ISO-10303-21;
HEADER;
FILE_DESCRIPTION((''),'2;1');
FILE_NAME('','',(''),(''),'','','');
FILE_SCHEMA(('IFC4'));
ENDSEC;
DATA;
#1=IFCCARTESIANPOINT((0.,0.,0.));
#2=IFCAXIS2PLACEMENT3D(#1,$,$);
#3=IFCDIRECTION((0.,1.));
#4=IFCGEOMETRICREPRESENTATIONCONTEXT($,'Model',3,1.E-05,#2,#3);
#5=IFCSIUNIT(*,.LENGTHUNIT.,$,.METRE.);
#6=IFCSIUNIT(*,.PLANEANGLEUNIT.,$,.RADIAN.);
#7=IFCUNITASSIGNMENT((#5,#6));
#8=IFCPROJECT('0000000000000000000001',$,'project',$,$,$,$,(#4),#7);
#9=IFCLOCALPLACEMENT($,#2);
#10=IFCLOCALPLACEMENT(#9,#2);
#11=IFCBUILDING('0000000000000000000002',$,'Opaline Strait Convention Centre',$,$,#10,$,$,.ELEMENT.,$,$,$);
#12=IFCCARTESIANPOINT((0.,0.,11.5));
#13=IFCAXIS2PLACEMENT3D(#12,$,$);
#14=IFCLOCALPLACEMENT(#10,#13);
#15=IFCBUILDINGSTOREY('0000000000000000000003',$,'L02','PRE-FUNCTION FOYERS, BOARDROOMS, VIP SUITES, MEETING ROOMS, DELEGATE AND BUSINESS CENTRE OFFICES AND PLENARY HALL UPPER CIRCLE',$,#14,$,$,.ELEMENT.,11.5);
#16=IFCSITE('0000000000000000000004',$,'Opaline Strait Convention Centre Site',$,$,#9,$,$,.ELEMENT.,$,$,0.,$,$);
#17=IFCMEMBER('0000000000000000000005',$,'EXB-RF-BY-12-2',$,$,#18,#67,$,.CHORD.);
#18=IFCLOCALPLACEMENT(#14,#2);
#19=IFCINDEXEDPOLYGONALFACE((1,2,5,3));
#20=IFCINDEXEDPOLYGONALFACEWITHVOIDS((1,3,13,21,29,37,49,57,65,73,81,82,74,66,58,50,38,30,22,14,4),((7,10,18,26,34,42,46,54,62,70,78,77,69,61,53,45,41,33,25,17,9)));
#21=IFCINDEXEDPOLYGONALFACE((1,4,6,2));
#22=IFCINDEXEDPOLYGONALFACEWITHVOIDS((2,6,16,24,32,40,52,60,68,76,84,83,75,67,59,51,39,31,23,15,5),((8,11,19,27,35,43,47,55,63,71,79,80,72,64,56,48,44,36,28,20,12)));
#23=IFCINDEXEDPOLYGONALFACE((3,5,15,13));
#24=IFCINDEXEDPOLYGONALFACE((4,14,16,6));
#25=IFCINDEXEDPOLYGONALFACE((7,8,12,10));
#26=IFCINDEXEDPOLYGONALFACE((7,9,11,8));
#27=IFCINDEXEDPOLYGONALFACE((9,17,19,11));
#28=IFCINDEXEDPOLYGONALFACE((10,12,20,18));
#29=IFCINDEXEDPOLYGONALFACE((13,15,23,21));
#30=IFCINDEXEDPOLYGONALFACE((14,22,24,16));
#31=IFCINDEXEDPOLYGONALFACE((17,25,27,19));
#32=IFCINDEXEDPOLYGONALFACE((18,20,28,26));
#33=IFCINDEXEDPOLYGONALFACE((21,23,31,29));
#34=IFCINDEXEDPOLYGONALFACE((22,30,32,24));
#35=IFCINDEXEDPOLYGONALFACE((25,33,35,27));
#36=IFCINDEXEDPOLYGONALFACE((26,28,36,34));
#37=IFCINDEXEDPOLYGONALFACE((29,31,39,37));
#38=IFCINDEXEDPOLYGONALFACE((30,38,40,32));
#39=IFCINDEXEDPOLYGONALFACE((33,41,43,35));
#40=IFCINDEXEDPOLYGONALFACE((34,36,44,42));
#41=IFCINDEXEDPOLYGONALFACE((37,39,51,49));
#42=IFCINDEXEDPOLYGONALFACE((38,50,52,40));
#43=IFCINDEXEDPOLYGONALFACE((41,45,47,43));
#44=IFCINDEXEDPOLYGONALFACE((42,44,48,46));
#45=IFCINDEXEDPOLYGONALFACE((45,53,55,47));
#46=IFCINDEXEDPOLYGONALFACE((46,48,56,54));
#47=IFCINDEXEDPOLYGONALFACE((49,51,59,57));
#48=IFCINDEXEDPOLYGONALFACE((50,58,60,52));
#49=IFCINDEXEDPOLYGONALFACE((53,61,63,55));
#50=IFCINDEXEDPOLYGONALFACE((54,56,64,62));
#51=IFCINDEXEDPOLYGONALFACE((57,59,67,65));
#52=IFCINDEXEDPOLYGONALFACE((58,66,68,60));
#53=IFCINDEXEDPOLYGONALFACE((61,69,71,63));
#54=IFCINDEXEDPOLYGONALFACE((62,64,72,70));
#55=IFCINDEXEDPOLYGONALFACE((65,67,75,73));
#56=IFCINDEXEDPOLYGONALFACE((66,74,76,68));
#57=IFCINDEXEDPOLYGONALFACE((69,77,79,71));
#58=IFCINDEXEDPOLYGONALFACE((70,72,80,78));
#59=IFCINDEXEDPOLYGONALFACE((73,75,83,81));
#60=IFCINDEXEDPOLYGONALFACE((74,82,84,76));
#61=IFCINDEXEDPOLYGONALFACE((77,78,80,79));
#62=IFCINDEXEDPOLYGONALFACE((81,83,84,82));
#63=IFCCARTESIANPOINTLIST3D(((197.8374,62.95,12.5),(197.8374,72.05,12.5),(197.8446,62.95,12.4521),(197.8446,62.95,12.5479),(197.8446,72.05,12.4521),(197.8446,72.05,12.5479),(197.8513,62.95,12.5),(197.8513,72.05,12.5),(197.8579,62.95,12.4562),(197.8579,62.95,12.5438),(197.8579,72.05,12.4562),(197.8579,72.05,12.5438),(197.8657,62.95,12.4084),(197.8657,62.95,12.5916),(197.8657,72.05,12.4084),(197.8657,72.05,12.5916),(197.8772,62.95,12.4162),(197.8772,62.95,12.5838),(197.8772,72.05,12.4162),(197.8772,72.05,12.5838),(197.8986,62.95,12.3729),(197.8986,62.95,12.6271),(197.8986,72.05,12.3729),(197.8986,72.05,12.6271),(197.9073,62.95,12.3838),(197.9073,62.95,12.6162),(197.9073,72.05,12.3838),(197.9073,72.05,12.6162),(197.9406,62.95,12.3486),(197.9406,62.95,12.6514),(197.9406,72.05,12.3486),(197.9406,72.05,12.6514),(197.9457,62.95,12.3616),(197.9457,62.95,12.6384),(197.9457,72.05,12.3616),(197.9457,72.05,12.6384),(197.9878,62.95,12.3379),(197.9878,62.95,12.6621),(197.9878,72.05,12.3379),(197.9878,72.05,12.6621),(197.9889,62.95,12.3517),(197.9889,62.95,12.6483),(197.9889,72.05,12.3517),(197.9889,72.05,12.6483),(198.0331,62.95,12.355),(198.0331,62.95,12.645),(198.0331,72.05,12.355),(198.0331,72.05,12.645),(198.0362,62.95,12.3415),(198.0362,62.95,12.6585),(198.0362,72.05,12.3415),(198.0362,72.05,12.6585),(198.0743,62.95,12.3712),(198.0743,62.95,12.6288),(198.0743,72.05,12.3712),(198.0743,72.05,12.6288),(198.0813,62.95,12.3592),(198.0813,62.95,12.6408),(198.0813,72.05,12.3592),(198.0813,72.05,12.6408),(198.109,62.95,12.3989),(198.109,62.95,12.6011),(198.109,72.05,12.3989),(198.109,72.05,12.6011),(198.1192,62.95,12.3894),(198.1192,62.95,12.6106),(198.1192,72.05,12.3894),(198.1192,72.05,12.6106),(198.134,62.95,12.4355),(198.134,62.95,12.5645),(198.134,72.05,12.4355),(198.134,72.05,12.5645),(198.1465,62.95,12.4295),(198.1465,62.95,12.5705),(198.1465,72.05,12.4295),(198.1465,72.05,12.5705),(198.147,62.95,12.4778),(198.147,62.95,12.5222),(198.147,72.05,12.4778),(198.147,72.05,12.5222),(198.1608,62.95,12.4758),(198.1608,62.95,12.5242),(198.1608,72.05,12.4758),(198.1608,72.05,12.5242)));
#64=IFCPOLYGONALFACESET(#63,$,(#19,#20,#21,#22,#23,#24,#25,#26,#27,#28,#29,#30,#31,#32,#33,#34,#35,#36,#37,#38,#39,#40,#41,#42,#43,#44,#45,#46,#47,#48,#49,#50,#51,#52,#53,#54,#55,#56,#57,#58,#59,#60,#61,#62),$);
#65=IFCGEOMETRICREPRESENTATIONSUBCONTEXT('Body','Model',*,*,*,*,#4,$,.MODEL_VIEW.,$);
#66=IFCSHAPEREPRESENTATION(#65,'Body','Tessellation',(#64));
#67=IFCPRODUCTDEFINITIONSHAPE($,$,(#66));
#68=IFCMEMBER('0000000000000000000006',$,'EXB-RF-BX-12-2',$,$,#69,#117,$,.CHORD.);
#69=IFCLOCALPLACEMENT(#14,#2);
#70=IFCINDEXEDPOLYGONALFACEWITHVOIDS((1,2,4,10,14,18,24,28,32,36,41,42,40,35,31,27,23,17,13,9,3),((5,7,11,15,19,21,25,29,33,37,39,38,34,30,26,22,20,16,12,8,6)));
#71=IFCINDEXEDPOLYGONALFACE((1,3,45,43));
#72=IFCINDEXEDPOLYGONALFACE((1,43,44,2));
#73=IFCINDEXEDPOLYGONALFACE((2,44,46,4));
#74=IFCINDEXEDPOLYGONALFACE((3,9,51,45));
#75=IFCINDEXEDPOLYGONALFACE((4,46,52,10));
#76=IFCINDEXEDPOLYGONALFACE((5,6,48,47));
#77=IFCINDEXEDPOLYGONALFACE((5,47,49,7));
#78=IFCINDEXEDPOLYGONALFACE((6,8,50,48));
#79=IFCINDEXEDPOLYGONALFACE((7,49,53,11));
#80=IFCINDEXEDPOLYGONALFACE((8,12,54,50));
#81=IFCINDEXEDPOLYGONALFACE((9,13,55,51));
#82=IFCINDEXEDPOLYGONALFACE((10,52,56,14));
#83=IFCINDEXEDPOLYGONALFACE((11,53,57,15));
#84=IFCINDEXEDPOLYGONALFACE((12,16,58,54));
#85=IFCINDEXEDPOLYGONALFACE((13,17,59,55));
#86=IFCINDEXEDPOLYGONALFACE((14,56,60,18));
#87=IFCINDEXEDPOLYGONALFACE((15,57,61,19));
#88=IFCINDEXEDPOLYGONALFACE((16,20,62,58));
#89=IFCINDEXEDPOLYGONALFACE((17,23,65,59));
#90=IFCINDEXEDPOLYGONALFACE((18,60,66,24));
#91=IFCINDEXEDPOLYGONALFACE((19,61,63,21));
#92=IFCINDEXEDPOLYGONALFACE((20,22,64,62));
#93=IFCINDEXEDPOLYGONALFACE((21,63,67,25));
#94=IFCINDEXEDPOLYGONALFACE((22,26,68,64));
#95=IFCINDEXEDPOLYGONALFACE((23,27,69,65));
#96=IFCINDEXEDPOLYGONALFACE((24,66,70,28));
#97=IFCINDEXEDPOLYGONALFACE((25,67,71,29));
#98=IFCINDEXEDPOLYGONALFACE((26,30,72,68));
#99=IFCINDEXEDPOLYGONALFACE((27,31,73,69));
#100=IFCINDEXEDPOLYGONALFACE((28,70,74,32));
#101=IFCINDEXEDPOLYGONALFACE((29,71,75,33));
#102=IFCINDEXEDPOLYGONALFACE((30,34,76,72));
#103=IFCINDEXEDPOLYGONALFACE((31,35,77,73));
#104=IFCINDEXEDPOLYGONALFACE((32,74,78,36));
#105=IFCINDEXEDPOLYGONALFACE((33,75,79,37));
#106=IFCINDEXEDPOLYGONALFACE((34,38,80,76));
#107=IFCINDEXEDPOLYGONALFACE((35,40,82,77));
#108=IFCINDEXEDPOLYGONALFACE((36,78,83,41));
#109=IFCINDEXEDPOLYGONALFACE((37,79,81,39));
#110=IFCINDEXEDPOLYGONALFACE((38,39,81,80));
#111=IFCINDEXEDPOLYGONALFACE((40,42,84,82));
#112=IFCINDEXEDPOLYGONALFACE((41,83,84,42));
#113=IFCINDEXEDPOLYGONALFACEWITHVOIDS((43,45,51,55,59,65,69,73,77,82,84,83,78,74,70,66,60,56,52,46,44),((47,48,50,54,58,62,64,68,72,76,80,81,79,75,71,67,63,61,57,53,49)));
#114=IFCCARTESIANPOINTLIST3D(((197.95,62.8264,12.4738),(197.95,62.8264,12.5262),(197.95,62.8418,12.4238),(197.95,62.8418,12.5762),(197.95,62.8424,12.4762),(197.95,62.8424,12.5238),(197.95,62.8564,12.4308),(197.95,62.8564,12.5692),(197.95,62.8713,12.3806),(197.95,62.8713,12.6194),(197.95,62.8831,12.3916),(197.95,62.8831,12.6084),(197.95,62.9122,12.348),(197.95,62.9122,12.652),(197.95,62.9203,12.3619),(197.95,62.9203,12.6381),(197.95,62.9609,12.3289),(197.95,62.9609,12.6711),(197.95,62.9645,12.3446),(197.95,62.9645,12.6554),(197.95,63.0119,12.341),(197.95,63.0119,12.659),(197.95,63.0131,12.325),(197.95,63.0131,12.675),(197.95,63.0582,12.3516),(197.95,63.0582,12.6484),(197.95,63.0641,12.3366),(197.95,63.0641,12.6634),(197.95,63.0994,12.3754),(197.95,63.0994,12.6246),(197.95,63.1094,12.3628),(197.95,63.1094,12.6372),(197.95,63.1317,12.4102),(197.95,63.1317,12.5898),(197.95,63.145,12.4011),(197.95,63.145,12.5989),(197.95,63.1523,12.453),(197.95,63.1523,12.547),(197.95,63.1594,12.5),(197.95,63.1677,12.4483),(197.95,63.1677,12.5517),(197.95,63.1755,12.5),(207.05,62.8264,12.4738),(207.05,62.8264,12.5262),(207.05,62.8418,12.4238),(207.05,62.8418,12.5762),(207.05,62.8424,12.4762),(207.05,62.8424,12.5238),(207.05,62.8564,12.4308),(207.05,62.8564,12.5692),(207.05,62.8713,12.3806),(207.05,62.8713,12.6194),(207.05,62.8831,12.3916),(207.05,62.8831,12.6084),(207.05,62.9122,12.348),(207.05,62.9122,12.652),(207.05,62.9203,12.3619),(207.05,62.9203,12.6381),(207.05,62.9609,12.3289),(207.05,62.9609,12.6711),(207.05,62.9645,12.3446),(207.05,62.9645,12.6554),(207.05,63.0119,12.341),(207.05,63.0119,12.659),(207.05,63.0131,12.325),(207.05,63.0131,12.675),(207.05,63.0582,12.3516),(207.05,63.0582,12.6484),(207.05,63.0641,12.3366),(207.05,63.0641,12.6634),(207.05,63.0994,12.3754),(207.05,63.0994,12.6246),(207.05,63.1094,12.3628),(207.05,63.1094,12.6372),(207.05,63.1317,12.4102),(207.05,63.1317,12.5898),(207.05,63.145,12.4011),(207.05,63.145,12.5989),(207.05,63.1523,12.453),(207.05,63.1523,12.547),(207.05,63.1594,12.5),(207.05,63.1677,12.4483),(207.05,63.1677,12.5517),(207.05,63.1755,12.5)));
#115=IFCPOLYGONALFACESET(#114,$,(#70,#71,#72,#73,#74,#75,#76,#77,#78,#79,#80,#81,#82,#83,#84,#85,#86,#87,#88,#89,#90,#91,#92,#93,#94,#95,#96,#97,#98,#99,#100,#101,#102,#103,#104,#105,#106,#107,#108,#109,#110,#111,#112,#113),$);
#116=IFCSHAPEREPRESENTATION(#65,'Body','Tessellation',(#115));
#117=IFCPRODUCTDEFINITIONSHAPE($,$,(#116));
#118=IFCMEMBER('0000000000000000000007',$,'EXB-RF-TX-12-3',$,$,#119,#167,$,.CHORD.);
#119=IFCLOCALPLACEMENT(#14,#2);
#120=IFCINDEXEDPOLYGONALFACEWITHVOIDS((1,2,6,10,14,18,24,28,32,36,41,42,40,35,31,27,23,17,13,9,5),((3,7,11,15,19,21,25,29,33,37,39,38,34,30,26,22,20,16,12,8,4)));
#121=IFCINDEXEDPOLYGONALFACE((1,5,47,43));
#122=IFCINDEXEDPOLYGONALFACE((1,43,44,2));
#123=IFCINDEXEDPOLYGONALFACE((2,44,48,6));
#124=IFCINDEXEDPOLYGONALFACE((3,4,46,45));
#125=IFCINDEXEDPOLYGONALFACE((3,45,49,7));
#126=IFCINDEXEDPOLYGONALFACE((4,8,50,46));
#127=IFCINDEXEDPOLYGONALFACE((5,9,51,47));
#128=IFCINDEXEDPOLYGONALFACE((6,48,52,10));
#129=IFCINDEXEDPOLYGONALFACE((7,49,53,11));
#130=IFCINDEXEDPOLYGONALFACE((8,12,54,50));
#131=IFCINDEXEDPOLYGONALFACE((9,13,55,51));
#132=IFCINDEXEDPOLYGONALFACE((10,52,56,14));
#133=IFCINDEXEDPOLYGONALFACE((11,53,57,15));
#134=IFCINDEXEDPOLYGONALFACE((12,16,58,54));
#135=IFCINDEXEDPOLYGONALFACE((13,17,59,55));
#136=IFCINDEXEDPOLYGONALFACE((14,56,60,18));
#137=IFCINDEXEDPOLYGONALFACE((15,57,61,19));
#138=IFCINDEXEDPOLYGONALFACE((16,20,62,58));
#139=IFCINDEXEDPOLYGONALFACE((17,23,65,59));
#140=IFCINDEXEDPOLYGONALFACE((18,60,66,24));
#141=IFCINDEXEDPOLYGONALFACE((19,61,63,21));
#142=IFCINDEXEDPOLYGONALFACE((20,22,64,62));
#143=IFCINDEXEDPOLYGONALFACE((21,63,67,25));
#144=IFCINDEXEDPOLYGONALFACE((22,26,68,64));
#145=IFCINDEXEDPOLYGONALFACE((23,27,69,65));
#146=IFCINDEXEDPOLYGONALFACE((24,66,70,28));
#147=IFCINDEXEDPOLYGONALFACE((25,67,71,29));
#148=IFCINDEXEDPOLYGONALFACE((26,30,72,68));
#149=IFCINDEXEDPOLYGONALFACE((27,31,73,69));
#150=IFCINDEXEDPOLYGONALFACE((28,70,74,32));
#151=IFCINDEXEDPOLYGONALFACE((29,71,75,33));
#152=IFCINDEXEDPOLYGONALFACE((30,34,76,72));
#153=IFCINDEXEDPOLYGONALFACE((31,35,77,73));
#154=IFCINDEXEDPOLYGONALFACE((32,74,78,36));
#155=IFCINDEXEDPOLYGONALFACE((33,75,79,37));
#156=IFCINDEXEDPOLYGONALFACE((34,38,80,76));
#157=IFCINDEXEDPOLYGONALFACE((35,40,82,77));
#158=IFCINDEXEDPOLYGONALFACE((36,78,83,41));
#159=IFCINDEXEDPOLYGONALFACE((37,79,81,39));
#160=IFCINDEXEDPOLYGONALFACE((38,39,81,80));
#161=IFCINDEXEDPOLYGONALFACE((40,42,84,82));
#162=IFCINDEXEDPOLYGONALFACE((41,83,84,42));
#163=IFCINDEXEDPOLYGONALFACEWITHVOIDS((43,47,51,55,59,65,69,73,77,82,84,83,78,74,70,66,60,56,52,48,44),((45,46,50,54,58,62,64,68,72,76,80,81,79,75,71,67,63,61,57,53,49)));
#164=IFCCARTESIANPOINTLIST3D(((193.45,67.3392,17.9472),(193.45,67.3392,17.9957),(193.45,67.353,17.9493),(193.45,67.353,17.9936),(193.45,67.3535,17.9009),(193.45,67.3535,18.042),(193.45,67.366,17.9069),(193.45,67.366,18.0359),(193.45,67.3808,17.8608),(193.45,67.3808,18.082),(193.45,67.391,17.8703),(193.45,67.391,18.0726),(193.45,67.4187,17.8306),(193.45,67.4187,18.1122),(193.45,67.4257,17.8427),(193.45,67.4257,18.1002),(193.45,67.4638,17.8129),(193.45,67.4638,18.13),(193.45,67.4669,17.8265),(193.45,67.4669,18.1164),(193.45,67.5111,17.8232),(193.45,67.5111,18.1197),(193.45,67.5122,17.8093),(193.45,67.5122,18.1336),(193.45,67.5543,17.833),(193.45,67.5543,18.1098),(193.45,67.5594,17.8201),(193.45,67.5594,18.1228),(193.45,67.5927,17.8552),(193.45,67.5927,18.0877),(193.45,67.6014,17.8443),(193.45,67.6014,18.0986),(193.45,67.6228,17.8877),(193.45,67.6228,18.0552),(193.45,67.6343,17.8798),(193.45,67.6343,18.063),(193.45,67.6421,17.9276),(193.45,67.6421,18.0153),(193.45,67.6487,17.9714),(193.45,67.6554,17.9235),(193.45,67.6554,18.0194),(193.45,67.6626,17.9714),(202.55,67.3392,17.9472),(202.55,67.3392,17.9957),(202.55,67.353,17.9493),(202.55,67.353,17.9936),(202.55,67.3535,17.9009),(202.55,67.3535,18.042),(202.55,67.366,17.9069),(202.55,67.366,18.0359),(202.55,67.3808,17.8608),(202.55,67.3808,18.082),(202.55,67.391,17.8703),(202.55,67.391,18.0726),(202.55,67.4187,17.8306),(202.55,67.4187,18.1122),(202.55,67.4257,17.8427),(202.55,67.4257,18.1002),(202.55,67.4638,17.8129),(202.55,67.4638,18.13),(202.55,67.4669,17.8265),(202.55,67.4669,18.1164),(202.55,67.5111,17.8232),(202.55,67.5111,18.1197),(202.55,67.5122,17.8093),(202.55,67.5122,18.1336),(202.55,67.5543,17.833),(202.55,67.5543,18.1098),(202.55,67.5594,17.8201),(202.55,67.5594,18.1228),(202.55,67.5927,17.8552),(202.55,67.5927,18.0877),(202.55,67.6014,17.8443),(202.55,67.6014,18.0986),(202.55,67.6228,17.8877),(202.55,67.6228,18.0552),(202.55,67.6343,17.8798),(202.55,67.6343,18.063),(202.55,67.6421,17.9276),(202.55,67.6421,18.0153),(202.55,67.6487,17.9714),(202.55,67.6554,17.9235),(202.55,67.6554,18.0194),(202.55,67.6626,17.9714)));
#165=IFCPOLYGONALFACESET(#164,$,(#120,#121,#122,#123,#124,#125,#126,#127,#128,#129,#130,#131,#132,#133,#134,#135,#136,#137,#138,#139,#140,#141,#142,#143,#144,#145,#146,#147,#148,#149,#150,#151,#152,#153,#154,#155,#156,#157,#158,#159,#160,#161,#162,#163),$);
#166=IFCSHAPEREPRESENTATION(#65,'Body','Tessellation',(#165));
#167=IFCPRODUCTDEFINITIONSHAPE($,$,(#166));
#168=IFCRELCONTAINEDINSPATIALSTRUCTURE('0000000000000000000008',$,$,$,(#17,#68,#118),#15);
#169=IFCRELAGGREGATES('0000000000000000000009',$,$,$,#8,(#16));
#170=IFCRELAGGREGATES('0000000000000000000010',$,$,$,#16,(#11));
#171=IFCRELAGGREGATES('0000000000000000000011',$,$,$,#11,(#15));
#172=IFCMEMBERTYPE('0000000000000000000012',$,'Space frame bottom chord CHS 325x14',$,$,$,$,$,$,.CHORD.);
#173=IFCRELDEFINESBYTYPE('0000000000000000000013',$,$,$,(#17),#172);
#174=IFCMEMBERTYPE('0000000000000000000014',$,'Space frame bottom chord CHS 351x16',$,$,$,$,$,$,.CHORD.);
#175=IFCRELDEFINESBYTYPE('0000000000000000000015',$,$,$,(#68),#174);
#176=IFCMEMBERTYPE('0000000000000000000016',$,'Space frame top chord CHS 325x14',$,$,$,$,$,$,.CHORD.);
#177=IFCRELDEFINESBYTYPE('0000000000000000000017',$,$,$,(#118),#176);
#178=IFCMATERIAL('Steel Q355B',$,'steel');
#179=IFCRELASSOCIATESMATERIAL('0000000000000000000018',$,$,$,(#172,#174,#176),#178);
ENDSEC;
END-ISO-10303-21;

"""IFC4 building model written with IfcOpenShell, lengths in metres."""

from ifc_helpers import new_model, si_unit, direction, frame, origin, origin_2d, place, context, subcontext, project, spatial, hollow_circle, extrude, material, material_profile, profile_set, type_object, element, save


model = new_model("IFC4")

# Units and contexts
model_context = context("Model", 3, precision=1e-05, world=origin(), true_north=direction((0.0, 1.0)))
body_context = subcontext(model_context, "Body", "Model", "MODEL_VIEW")
ifc_project = project(units=[si_unit("LENGTHUNIT", "METRE"), si_unit("PLANEANGLEUNIT", "RADIAN")], contexts=[model_context])

# Site, building, storey
site_placement = place(None, origin())
site = spatial("IfcSite", under=ifc_project, at=site_placement, Name="Opaline Strait Convention Centre Site", CompositionType="ELEMENT", RefElevation=0.0)
building_placement = place(site_placement, origin())
building = spatial("IfcBuilding", under=site, at=building_placement, Name="Opaline Strait Convention Centre", CompositionType="ELEMENT")
storey_placement = place(building_placement, frame((0.0, 0.0, 11.5)))
storey = spatial("IfcBuildingStorey", under=building, at=storey_placement, Name="L02", Description="PRE-FUNCTION FOYERS, BOARDROOMS, VIP SUITES, MEETING ROOMS, DELEGATE AND BUSINESS CENTRE OFFICES AND PLENARY HALL UPPER CIRCLE", CompositionType="ELEMENT", Elevation=11.5)

# Members
ifc_material = material(Name="Steel Q355B", Category="steel")
ifc_material_profile_1 = material_profile(ifc_material, hollow_circle(Radius=0.1626, WallThickness=0.0139, at=origin_2d()), Name="CHS 325x14")
ifc_profile_set_1 = profile_set([ifc_material_profile_1], Name="Steel Q355B")
member_type_1 = type_object("IfcMemberType", Name="Space frame bottom chord CHS 325x14", PredefinedType="CHORD", material=ifc_profile_set_1)
member_1_placement = place(storey_placement, frame((198.0, 62.95, 12.5), z_axis=(0.0, 1.0, 0.0), x_axis=(-1.0, 0.0, 0.0)))
element("IfcMember", 1, at=member_1_placement, inside=storey, type_object=member_type_1, Name="EXB-RF-BY-12-2", PredefinedType="CHORD", context=body_context, shape_type="SweptSolid", body=[
    extrude(hollow_circle(Radius=0.1626, WallThickness=0.0139, at=origin_2d()), origin(), (0.0, 0.0, 1.0), 9.1001),
])
ifc_material_profile_2 = material_profile(ifc_material, hollow_circle(Radius=0.1755, WallThickness=0.0161, at=origin_2d()), Name="CHS 351x16")
ifc_profile_set_2 = profile_set([ifc_material_profile_2], Name="Steel Q355B")
member_type_2 = type_object("IfcMemberType", Name="Space frame bottom chord CHS 351x16", PredefinedType="CHORD", material=ifc_profile_set_2)
member_2_placement = place(storey_placement, frame((197.95, 63.0, 12.5), z_axis=(1.0, 0.0, 0.0), x_axis=(0.0, 1.0, 0.0)))
element("IfcMember", 2, at=member_2_placement, inside=storey, type_object=member_type_2, Name="EXB-RF-BX-12-2", PredefinedType="CHORD", context=body_context, shape_type="SweptSolid", body=[
    extrude(hollow_circle(Radius=0.1755, WallThickness=0.0161, at=origin_2d()), origin(), (0.0, 0.0, 1.0), 9.1001),
])
ifc_material_profile_3 = material_profile(ifc_material, hollow_circle(Radius=0.1626, WallThickness=0.0139, at=origin_2d()), Name="CHS 325x14")
ifc_profile_set_3 = profile_set([ifc_material_profile_3], Name="Steel Q355B")
member_type_3 = type_object("IfcMemberType", Name="Space frame top chord CHS 325x14", PredefinedType="CHORD", material=ifc_profile_set_3)
for number, where, z_axis, x_axis, name in (
    (3, (193.45, 67.5, 17.9714), (1.0, 0.0, 0.0), (0.0, 1.0, 0.0), "EXB-RF-TX-12-3"),
):
    element("IfcMember", number, at=place(storey_placement, frame(where, z_axis=z_axis, x_axis=x_axis)), inside=storey, type_object=member_type_3, Name=name, PredefinedType="CHORD", context=body_context, shape_type="SweptSolid", body=[
        extrude(hollow_circle(Radius=0.1626, WallThickness=0.0139, at=origin_2d()), origin(), (0.0, 0.0, 1.0), 9.1001),
    ])

save(model, "model.ifc")
